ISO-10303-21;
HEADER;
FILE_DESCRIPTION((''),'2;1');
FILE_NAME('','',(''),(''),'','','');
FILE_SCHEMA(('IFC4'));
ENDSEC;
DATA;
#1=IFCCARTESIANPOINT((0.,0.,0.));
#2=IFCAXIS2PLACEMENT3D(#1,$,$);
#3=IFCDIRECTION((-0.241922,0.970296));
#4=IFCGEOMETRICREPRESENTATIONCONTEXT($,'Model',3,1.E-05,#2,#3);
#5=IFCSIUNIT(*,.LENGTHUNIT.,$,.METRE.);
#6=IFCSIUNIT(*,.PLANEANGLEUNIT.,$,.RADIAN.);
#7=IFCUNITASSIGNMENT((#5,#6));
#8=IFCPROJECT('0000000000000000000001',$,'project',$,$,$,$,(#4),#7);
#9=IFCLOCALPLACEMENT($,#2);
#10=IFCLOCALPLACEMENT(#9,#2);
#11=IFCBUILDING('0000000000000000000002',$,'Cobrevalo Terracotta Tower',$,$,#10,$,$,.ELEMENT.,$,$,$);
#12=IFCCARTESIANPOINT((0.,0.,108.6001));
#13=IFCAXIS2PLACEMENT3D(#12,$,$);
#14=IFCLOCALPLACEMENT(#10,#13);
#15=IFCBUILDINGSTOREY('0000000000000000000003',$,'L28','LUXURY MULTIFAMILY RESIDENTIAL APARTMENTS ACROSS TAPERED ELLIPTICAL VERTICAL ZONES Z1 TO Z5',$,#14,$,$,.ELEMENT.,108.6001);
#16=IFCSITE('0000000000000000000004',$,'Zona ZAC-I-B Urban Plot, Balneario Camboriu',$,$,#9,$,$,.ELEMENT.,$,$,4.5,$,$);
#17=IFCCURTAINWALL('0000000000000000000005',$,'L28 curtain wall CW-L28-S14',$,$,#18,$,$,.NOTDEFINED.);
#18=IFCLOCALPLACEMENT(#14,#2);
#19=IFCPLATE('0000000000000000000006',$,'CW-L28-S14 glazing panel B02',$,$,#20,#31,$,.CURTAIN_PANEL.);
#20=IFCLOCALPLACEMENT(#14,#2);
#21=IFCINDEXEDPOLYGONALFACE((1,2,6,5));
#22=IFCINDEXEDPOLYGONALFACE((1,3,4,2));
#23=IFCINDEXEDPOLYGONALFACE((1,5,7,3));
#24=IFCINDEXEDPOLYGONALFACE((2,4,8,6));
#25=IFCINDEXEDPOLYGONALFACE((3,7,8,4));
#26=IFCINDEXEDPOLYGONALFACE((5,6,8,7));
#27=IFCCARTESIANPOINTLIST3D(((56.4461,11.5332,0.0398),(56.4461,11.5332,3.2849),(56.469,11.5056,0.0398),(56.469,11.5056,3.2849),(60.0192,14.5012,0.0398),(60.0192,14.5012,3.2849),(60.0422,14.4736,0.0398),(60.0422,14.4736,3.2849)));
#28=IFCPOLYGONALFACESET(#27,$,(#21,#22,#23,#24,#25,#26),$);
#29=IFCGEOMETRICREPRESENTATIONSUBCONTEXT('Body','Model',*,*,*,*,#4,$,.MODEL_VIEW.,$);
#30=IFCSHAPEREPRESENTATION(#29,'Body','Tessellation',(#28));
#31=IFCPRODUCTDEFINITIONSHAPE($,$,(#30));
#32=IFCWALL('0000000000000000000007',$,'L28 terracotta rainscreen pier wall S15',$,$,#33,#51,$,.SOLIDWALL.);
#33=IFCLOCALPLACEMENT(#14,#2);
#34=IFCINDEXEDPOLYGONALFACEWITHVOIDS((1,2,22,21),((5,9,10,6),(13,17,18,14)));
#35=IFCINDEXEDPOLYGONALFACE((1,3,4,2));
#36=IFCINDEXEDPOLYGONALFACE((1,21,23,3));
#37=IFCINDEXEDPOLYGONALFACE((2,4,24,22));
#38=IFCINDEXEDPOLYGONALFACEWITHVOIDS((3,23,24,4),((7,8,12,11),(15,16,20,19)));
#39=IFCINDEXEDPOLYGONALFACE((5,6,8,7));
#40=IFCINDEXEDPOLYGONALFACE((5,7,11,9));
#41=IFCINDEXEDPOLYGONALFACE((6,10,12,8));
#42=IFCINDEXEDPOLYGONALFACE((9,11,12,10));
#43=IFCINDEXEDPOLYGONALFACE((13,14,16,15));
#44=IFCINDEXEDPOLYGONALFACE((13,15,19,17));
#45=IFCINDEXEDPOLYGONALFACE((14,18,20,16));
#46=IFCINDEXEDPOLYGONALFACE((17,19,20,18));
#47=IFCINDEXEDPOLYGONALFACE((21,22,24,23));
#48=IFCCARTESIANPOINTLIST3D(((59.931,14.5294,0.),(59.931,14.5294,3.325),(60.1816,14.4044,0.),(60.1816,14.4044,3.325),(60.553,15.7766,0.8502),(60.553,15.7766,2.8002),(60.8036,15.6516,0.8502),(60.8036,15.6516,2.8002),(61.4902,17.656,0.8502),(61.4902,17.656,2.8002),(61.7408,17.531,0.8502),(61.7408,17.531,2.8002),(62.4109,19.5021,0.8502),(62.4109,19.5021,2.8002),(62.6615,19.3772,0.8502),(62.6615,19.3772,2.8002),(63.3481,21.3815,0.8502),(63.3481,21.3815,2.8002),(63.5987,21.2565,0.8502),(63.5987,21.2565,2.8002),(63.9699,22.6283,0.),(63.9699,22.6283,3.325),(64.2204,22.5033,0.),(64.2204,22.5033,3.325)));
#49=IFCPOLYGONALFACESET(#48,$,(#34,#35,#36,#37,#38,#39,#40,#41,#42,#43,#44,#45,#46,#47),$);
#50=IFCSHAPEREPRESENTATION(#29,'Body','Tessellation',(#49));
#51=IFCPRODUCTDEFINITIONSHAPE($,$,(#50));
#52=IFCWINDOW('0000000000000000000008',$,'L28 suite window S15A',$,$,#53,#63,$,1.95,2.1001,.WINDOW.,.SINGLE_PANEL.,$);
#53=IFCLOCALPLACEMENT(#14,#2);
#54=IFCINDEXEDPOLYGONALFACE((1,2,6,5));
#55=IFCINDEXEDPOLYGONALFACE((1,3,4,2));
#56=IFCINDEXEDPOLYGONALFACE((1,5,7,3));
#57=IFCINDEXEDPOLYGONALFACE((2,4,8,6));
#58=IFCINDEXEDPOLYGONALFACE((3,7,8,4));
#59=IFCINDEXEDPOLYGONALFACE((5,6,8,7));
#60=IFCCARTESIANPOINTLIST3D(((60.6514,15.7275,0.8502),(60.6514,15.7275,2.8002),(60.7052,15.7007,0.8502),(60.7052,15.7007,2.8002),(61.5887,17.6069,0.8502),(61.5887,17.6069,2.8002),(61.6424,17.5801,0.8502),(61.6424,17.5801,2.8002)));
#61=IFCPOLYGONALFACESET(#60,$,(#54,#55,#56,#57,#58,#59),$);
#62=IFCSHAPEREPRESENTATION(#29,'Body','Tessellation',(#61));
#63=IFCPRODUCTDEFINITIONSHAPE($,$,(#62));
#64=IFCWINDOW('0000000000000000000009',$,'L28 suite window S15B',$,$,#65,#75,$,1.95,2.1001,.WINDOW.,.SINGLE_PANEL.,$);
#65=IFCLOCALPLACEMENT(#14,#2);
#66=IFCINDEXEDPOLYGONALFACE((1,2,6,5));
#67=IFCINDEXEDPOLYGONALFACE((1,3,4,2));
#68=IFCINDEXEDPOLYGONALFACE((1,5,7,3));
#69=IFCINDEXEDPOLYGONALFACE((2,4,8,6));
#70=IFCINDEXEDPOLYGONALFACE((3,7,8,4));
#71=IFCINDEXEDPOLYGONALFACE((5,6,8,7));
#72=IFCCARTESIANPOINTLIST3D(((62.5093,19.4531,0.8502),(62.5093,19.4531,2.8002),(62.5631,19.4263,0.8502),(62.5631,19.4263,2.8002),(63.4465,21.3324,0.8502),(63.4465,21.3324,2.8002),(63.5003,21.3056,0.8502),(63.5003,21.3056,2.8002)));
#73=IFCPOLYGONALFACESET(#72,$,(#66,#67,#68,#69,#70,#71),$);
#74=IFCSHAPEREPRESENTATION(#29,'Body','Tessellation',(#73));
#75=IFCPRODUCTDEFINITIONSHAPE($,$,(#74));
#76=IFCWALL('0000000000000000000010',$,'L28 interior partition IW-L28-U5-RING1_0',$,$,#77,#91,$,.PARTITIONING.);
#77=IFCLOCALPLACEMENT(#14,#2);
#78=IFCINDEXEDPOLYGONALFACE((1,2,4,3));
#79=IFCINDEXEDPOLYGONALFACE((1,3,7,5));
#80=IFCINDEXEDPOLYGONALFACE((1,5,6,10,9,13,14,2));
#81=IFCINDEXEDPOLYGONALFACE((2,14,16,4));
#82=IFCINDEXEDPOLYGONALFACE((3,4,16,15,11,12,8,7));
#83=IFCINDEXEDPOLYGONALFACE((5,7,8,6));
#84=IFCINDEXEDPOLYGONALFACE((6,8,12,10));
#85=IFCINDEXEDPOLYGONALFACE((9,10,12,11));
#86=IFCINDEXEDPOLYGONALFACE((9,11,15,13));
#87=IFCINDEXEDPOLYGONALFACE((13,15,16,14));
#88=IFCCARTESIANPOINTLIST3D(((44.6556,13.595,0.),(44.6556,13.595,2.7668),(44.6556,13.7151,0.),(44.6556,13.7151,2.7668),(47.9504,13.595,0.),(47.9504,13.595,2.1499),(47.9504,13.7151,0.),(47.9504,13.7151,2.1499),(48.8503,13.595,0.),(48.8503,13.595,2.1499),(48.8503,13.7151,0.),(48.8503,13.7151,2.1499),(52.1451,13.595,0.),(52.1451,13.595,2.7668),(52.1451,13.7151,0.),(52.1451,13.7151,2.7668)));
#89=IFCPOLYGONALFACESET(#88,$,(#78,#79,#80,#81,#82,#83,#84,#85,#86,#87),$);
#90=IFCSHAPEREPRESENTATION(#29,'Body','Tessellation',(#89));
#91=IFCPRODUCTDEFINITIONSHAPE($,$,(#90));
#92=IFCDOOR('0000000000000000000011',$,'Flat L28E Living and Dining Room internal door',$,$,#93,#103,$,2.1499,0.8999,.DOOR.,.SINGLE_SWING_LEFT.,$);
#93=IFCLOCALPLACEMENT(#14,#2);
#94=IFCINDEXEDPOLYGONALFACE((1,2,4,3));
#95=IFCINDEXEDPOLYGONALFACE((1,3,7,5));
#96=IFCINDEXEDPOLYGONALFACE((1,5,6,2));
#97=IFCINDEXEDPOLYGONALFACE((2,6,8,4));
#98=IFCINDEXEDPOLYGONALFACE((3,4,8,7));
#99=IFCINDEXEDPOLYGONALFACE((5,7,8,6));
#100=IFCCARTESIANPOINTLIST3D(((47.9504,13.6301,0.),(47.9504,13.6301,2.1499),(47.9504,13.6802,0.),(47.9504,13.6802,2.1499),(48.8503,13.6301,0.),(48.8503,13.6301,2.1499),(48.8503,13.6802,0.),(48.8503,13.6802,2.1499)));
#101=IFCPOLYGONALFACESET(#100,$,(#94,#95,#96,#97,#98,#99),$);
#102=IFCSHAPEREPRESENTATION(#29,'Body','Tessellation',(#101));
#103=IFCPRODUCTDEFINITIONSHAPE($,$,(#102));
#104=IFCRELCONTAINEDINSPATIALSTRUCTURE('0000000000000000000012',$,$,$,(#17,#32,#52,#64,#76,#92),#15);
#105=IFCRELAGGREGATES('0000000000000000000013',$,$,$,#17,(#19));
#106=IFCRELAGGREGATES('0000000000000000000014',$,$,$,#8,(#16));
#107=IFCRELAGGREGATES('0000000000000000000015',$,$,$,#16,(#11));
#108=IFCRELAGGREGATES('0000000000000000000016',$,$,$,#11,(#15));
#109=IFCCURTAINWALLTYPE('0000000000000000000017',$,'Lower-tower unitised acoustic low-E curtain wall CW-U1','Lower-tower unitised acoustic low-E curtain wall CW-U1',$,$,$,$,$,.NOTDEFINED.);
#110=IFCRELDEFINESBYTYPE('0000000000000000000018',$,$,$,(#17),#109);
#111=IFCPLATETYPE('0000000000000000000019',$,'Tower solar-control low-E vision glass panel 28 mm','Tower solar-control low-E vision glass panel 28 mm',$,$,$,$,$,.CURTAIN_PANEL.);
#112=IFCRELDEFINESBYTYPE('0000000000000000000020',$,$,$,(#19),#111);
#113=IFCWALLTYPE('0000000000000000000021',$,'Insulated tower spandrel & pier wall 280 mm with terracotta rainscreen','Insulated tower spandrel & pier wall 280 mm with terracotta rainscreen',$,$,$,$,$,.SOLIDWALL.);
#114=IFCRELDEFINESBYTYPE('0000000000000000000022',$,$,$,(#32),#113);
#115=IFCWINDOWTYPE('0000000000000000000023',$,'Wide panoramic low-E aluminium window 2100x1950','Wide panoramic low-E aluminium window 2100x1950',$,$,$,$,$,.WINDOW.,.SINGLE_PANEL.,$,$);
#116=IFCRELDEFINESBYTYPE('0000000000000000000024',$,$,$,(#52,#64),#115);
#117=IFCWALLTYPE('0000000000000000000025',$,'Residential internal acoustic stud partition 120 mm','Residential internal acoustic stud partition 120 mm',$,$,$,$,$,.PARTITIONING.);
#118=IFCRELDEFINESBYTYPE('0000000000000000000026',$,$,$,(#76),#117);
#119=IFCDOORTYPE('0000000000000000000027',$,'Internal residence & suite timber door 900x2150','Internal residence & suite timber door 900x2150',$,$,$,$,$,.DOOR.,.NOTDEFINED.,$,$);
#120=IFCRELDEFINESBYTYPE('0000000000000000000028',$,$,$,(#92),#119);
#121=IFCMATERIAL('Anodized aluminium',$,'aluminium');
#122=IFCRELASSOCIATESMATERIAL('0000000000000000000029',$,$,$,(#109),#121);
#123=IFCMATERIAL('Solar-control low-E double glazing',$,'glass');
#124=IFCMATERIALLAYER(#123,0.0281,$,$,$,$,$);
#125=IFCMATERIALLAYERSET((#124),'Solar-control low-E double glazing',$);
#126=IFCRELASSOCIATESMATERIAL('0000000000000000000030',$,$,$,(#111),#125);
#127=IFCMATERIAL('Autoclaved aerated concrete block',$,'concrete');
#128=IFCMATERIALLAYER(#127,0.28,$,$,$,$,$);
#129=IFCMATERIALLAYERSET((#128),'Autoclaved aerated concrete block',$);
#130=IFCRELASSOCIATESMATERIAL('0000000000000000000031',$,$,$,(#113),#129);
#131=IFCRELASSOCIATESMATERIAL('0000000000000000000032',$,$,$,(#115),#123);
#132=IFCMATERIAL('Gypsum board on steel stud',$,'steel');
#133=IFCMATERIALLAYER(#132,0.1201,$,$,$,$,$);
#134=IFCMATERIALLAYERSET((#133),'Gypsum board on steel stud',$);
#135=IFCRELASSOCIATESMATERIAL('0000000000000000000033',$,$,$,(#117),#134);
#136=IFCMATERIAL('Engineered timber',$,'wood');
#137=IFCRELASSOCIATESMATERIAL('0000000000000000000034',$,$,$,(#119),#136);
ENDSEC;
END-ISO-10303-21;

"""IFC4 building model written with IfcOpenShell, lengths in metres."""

from ifc_helpers import new_model, si_unit, direction, frame, frame_2d, origin, origin_2d, place, context, subcontext, project, spatial, rectangle, extrude, source, transform, mapped, material, layer, layer_set, type_object, element, fill, aggregate, save


model = new_model("IFC4")

# Units and contexts
model_context = context("Model", 3, precision=1e-05, world=origin(), true_north=direction((-0.241922, 0.970296)))
body_context = subcontext(model_context, "Body", "Model", "MODEL_VIEW")
ifc_project = project(units=[si_unit("LENGTHUNIT", "METRE"), si_unit("PLANEANGLEUNIT", "RADIAN")], contexts=[model_context])

# Site, building, storey
site_placement = place(None, origin())
site = spatial("IfcSite", under=ifc_project, at=site_placement, Name="Zona ZAC-I-B Urban Plot, Balneario Camboriu", CompositionType="ELEMENT", RefElevation=4.5)
building_placement = place(site_placement, origin())
building = spatial("IfcBuilding", under=site, at=building_placement, Name="Cobrevalo Terracotta Tower", CompositionType="ELEMENT")
storey_placement = place(building_placement, frame((0.0, 0.0, 108.6001)))
storey = spatial("IfcBuildingStorey", under=building, at=storey_placement, Name="L28", Description="LUXURY MULTIFAMILY RESIDENTIAL APARTMENTS ACROSS TAPERED ELLIPTICAL VERTICAL ZONES Z1 TO Z5", CompositionType="ELEMENT", Elevation=108.6001)

# Curtain wall
ifc_material_1 = material(Name="Anodized aluminium", Category="aluminium")
curtain_wall_type = type_object("IfcCurtainWallType", Name="Lower-tower unitised acoustic low-E curtain wall CW-U1", Description="Lower-tower unitised acoustic low-E curtain wall CW-U1", PredefinedType="NOTDEFINED", material=ifc_material_1)
curtain_wall_1_placement = place(storey_placement, origin())
curtain_wall_1 = element("IfcCurtainWall", 1, at=curtain_wall_1_placement, inside=storey, type_object=curtain_wall_type, Name="L28 curtain wall CW-L28-S14", PredefinedType="NOTDEFINED")

# Plate
ifc_material_2 = material(Name="Solar-control low-E double glazing", Category="glass")
ifc_layer_1 = layer(ifc_material_2, 0.0281)
ifc_layer_set_1 = layer_set([ifc_layer_1], Name="Solar-control low-E double glazing")
plate_type = type_object("IfcPlateType", Name="Tower solar-control low-E vision glass panel 28 mm", Description="Tower solar-control low-E vision glass panel 28 mm", PredefinedType="CURTAIN_PANEL", material=ifc_layer_set_1)
shared_shape_1 = source(origin(), body_context, "Body", "SweptSolid", [
    extrude(rectangle(XDim=4.645, YDim=0.0359, at=origin_2d()), origin(), (0.0, 0.0, 1.0), 3.2451),
])
plate_1_placement = place(storey_placement, frame((58.2441, 13.0034, 0.0398), z_axis=(0.0, 0.0, 1.0), x_axis=(0.769241, 0.638958, 0.0)))
plate_1 = element("IfcPlate", 2, at=plate_1_placement, type_object=plate_type, Name="CW-L28-S14 glazing panel B02", PredefinedType="CURTAIN_PANEL", context=body_context, shape_type="MappedRepresentation", body=[
    mapped(shared_shape_1, transform((0.0, 0.0, 0.0), scale=1.0)),
])
aggregate(curtain_wall_1, [plate_1])

# Wall, openings, windows
ifc_material_3 = material(Name="Autoclaved aerated concrete block", Category="concrete")
ifc_layer_2 = layer(ifc_material_3, 0.28)
ifc_layer_set_2 = layer_set([ifc_layer_2], Name="Autoclaved aerated concrete block")
wall_type_1 = type_object("IfcWallType", Name="Insulated tower spandrel & pier wall 280 mm with terracotta rainscreen", Description="Insulated tower spandrel & pier wall 280 mm with terracotta rainscreen", PredefinedType="SOLIDWALL", material=ifc_layer_set_2)
wall_1_placement = place(storey_placement, frame((60.0564, 14.467, 0.0), z_axis=(0.0, 0.0, 1.0), x_axis=(0.446275, 0.894896, 0.0)))
wall_1 = element("IfcWall", 3, at=wall_1_placement, inside=storey, type_object=wall_type_1, Name="L28 terracotta rainscreen pier wall S15", PredefinedType="SOLIDWALL", context=body_context, shape_type="SweptSolid", body=[
    extrude(rectangle(XDim=9.05, YDim=0.28, at=frame_2d((4.5249, 0.0))), origin(), (0.0, 0.0, 1.0), 3.325),
])
opening_1_placement = place(wall_1_placement, frame((1.3936, 0.0, 0.8501)))
opening_1 = element("IfcOpeningElement", 4, at=opening_1_placement, cuts=wall_1, PredefinedType="OPENING", context=body_context, shape_type="SweptSolid", body=[
    extrude(rectangle(XDim=2.1001, YDim=1.95, at=frame_2d((1.05, 0.9751))), frame((0.0, 0.1499, 0.0), z_axis=(0.0, -1.0, 0.0), x_axis=(1.0, 0.0, 0.0)), (0.0, 0.0, 1.0), 0.3),
])
opening_2_placement = place(wall_1_placement, frame((5.5566, 0.0, 0.8501)))
opening_2 = element("IfcOpeningElement", 5, at=opening_2_placement, cuts=wall_1, PredefinedType="OPENING", context=body_context, shape_type="SweptSolid", body=[
    extrude(rectangle(XDim=2.1001, YDim=1.95, at=frame_2d((1.05, 0.9751))), frame((0.0, 0.1499, 0.0), z_axis=(0.0, -1.0, 0.0), x_axis=(1.0, 0.0, 0.0)), (0.0, 0.0, 1.0), 0.3),
])
window_type = type_object("IfcWindowType", Name="Wide panoramic low-E aluminium window 2100x1950", Description="Wide panoramic low-E aluminium window 2100x1950", PartitioningType="SINGLE_PANEL", PredefinedType="WINDOW", material=ifc_material_2)
shared_shape_2 = source(origin(), body_context, "Body", "SweptSolid", [
    extrude(rectangle(XDim=2.1001, YDim=1.95, at=frame_2d((1.05, 0.9751))), frame((0.0, 0.03, 0.0), z_axis=(0.0, -1.0, 0.0), x_axis=(1.0, 0.0, 0.0)), (0.0, 0.0, 1.0), 0.0601),
])
window_1_placement = place(opening_1_placement, origin())
window_1 = element("IfcWindow", 6, at=window_1_placement, inside=storey, type_object=window_type, Name="L28 suite window S15A", OverallHeight=1.95, OverallWidth=2.1001, PartitioningType="SINGLE_PANEL", PredefinedType="WINDOW", context=body_context, shape_type="MappedRepresentation", body=[
    mapped(shared_shape_2, transform((0.0, 0.0, 0.0), scale=1.0)),
])
fill(opening_1, window_1)
window_2_placement = place(opening_2_placement, origin())
window_2 = element("IfcWindow", 7, at=window_2_placement, inside=storey, type_object=window_type, Name="L28 suite window S15B", OverallHeight=1.95, OverallWidth=2.1001, PartitioningType="SINGLE_PANEL", PredefinedType="WINDOW", context=body_context, shape_type="MappedRepresentation", body=[
    mapped(shared_shape_2, transform((0.0, 0.0, 0.0), scale=1.0)),
])
fill(opening_2, window_2)

# Wall, opening, door
ifc_material_4 = material(Name="Gypsum board on steel stud", Category="steel")
ifc_layer_3 = layer(ifc_material_4, 0.1201)
ifc_layer_set_3 = layer_set([ifc_layer_3], Name="Gypsum board on steel stud")
wall_type_2 = type_object("IfcWallType", Name="Residential internal acoustic stud partition 120 mm", Description="Residential internal acoustic stud partition 120 mm", PredefinedType="PARTITIONING", material=ifc_layer_set_3)
wall_2_placement = place(storey_placement, frame((52.145, 13.655, 0.0), z_axis=(0.0, 0.0, 1.0), x_axis=(-1.0, 0.0, 0.0)))
wall_2 = element("IfcWall", 8, at=wall_2_placement, inside=storey, type_object=wall_type_2, Name="L28 interior partition IW-L28-U5-RING1_0", PredefinedType="PARTITIONING", context=body_context, shape_type="SweptSolid", body=[
    extrude(rectangle(XDim=7.4895, YDim=0.1201, at=frame_2d((3.7446, 0.0))), origin(), (0.0, 0.0, 1.0), 2.7668),
])
opening_3_placement = place(wall_2_placement, frame((3.2947, 0.0, 0.0)))
opening_3 = element("IfcOpeningElement", 9, at=opening_3_placement, cuts=wall_2, PredefinedType="OPENING", context=body_context, shape_type="SweptSolid", body=[
    extrude(rectangle(XDim=0.8999, YDim=2.1499, at=frame_2d((0.45, 1.075))), frame((0.0, 0.0701, 0.0), z_axis=(0.0, -1.0, 0.0), x_axis=(1.0, 0.0, 0.0)), (0.0, 0.0, 1.0), 0.1401),
])
ifc_material_5 = material(Name="Engineered timber", Category="wood")
door_type = type_object("IfcDoorType", Name="Internal residence & suite timber door 900x2150", Description="Internal residence & suite timber door 900x2150", OperationType="NOTDEFINED", PredefinedType="DOOR", material=ifc_material_5)
shared_shape_3 = source(origin(), body_context, "Body", "SweptSolid", [
    extrude(rectangle(XDim=0.8999, YDim=2.1499, at=frame_2d((0.45, 1.075))), frame((0.0, 0.0249, 0.0), z_axis=(0.0, -1.0, 0.0), x_axis=(1.0, 0.0, 0.0)), (0.0, 0.0, 1.0), 0.05),
])
door_placement = place(opening_3_placement, origin())
door = element("IfcDoor", 10, at=door_placement, inside=storey, type_object=door_type, Name="Flat L28E Living and Dining Room internal door", OperationType="SINGLE_SWING_LEFT", OverallHeight=2.1499, OverallWidth=0.8999, PredefinedType="DOOR", context=body_context, shape_type="MappedRepresentation", body=[
    mapped(shared_shape_3, transform((0.0, 0.0, 0.0), scale=1.0)),
])
fill(opening_3, door)

save(model, "model.ifc")
